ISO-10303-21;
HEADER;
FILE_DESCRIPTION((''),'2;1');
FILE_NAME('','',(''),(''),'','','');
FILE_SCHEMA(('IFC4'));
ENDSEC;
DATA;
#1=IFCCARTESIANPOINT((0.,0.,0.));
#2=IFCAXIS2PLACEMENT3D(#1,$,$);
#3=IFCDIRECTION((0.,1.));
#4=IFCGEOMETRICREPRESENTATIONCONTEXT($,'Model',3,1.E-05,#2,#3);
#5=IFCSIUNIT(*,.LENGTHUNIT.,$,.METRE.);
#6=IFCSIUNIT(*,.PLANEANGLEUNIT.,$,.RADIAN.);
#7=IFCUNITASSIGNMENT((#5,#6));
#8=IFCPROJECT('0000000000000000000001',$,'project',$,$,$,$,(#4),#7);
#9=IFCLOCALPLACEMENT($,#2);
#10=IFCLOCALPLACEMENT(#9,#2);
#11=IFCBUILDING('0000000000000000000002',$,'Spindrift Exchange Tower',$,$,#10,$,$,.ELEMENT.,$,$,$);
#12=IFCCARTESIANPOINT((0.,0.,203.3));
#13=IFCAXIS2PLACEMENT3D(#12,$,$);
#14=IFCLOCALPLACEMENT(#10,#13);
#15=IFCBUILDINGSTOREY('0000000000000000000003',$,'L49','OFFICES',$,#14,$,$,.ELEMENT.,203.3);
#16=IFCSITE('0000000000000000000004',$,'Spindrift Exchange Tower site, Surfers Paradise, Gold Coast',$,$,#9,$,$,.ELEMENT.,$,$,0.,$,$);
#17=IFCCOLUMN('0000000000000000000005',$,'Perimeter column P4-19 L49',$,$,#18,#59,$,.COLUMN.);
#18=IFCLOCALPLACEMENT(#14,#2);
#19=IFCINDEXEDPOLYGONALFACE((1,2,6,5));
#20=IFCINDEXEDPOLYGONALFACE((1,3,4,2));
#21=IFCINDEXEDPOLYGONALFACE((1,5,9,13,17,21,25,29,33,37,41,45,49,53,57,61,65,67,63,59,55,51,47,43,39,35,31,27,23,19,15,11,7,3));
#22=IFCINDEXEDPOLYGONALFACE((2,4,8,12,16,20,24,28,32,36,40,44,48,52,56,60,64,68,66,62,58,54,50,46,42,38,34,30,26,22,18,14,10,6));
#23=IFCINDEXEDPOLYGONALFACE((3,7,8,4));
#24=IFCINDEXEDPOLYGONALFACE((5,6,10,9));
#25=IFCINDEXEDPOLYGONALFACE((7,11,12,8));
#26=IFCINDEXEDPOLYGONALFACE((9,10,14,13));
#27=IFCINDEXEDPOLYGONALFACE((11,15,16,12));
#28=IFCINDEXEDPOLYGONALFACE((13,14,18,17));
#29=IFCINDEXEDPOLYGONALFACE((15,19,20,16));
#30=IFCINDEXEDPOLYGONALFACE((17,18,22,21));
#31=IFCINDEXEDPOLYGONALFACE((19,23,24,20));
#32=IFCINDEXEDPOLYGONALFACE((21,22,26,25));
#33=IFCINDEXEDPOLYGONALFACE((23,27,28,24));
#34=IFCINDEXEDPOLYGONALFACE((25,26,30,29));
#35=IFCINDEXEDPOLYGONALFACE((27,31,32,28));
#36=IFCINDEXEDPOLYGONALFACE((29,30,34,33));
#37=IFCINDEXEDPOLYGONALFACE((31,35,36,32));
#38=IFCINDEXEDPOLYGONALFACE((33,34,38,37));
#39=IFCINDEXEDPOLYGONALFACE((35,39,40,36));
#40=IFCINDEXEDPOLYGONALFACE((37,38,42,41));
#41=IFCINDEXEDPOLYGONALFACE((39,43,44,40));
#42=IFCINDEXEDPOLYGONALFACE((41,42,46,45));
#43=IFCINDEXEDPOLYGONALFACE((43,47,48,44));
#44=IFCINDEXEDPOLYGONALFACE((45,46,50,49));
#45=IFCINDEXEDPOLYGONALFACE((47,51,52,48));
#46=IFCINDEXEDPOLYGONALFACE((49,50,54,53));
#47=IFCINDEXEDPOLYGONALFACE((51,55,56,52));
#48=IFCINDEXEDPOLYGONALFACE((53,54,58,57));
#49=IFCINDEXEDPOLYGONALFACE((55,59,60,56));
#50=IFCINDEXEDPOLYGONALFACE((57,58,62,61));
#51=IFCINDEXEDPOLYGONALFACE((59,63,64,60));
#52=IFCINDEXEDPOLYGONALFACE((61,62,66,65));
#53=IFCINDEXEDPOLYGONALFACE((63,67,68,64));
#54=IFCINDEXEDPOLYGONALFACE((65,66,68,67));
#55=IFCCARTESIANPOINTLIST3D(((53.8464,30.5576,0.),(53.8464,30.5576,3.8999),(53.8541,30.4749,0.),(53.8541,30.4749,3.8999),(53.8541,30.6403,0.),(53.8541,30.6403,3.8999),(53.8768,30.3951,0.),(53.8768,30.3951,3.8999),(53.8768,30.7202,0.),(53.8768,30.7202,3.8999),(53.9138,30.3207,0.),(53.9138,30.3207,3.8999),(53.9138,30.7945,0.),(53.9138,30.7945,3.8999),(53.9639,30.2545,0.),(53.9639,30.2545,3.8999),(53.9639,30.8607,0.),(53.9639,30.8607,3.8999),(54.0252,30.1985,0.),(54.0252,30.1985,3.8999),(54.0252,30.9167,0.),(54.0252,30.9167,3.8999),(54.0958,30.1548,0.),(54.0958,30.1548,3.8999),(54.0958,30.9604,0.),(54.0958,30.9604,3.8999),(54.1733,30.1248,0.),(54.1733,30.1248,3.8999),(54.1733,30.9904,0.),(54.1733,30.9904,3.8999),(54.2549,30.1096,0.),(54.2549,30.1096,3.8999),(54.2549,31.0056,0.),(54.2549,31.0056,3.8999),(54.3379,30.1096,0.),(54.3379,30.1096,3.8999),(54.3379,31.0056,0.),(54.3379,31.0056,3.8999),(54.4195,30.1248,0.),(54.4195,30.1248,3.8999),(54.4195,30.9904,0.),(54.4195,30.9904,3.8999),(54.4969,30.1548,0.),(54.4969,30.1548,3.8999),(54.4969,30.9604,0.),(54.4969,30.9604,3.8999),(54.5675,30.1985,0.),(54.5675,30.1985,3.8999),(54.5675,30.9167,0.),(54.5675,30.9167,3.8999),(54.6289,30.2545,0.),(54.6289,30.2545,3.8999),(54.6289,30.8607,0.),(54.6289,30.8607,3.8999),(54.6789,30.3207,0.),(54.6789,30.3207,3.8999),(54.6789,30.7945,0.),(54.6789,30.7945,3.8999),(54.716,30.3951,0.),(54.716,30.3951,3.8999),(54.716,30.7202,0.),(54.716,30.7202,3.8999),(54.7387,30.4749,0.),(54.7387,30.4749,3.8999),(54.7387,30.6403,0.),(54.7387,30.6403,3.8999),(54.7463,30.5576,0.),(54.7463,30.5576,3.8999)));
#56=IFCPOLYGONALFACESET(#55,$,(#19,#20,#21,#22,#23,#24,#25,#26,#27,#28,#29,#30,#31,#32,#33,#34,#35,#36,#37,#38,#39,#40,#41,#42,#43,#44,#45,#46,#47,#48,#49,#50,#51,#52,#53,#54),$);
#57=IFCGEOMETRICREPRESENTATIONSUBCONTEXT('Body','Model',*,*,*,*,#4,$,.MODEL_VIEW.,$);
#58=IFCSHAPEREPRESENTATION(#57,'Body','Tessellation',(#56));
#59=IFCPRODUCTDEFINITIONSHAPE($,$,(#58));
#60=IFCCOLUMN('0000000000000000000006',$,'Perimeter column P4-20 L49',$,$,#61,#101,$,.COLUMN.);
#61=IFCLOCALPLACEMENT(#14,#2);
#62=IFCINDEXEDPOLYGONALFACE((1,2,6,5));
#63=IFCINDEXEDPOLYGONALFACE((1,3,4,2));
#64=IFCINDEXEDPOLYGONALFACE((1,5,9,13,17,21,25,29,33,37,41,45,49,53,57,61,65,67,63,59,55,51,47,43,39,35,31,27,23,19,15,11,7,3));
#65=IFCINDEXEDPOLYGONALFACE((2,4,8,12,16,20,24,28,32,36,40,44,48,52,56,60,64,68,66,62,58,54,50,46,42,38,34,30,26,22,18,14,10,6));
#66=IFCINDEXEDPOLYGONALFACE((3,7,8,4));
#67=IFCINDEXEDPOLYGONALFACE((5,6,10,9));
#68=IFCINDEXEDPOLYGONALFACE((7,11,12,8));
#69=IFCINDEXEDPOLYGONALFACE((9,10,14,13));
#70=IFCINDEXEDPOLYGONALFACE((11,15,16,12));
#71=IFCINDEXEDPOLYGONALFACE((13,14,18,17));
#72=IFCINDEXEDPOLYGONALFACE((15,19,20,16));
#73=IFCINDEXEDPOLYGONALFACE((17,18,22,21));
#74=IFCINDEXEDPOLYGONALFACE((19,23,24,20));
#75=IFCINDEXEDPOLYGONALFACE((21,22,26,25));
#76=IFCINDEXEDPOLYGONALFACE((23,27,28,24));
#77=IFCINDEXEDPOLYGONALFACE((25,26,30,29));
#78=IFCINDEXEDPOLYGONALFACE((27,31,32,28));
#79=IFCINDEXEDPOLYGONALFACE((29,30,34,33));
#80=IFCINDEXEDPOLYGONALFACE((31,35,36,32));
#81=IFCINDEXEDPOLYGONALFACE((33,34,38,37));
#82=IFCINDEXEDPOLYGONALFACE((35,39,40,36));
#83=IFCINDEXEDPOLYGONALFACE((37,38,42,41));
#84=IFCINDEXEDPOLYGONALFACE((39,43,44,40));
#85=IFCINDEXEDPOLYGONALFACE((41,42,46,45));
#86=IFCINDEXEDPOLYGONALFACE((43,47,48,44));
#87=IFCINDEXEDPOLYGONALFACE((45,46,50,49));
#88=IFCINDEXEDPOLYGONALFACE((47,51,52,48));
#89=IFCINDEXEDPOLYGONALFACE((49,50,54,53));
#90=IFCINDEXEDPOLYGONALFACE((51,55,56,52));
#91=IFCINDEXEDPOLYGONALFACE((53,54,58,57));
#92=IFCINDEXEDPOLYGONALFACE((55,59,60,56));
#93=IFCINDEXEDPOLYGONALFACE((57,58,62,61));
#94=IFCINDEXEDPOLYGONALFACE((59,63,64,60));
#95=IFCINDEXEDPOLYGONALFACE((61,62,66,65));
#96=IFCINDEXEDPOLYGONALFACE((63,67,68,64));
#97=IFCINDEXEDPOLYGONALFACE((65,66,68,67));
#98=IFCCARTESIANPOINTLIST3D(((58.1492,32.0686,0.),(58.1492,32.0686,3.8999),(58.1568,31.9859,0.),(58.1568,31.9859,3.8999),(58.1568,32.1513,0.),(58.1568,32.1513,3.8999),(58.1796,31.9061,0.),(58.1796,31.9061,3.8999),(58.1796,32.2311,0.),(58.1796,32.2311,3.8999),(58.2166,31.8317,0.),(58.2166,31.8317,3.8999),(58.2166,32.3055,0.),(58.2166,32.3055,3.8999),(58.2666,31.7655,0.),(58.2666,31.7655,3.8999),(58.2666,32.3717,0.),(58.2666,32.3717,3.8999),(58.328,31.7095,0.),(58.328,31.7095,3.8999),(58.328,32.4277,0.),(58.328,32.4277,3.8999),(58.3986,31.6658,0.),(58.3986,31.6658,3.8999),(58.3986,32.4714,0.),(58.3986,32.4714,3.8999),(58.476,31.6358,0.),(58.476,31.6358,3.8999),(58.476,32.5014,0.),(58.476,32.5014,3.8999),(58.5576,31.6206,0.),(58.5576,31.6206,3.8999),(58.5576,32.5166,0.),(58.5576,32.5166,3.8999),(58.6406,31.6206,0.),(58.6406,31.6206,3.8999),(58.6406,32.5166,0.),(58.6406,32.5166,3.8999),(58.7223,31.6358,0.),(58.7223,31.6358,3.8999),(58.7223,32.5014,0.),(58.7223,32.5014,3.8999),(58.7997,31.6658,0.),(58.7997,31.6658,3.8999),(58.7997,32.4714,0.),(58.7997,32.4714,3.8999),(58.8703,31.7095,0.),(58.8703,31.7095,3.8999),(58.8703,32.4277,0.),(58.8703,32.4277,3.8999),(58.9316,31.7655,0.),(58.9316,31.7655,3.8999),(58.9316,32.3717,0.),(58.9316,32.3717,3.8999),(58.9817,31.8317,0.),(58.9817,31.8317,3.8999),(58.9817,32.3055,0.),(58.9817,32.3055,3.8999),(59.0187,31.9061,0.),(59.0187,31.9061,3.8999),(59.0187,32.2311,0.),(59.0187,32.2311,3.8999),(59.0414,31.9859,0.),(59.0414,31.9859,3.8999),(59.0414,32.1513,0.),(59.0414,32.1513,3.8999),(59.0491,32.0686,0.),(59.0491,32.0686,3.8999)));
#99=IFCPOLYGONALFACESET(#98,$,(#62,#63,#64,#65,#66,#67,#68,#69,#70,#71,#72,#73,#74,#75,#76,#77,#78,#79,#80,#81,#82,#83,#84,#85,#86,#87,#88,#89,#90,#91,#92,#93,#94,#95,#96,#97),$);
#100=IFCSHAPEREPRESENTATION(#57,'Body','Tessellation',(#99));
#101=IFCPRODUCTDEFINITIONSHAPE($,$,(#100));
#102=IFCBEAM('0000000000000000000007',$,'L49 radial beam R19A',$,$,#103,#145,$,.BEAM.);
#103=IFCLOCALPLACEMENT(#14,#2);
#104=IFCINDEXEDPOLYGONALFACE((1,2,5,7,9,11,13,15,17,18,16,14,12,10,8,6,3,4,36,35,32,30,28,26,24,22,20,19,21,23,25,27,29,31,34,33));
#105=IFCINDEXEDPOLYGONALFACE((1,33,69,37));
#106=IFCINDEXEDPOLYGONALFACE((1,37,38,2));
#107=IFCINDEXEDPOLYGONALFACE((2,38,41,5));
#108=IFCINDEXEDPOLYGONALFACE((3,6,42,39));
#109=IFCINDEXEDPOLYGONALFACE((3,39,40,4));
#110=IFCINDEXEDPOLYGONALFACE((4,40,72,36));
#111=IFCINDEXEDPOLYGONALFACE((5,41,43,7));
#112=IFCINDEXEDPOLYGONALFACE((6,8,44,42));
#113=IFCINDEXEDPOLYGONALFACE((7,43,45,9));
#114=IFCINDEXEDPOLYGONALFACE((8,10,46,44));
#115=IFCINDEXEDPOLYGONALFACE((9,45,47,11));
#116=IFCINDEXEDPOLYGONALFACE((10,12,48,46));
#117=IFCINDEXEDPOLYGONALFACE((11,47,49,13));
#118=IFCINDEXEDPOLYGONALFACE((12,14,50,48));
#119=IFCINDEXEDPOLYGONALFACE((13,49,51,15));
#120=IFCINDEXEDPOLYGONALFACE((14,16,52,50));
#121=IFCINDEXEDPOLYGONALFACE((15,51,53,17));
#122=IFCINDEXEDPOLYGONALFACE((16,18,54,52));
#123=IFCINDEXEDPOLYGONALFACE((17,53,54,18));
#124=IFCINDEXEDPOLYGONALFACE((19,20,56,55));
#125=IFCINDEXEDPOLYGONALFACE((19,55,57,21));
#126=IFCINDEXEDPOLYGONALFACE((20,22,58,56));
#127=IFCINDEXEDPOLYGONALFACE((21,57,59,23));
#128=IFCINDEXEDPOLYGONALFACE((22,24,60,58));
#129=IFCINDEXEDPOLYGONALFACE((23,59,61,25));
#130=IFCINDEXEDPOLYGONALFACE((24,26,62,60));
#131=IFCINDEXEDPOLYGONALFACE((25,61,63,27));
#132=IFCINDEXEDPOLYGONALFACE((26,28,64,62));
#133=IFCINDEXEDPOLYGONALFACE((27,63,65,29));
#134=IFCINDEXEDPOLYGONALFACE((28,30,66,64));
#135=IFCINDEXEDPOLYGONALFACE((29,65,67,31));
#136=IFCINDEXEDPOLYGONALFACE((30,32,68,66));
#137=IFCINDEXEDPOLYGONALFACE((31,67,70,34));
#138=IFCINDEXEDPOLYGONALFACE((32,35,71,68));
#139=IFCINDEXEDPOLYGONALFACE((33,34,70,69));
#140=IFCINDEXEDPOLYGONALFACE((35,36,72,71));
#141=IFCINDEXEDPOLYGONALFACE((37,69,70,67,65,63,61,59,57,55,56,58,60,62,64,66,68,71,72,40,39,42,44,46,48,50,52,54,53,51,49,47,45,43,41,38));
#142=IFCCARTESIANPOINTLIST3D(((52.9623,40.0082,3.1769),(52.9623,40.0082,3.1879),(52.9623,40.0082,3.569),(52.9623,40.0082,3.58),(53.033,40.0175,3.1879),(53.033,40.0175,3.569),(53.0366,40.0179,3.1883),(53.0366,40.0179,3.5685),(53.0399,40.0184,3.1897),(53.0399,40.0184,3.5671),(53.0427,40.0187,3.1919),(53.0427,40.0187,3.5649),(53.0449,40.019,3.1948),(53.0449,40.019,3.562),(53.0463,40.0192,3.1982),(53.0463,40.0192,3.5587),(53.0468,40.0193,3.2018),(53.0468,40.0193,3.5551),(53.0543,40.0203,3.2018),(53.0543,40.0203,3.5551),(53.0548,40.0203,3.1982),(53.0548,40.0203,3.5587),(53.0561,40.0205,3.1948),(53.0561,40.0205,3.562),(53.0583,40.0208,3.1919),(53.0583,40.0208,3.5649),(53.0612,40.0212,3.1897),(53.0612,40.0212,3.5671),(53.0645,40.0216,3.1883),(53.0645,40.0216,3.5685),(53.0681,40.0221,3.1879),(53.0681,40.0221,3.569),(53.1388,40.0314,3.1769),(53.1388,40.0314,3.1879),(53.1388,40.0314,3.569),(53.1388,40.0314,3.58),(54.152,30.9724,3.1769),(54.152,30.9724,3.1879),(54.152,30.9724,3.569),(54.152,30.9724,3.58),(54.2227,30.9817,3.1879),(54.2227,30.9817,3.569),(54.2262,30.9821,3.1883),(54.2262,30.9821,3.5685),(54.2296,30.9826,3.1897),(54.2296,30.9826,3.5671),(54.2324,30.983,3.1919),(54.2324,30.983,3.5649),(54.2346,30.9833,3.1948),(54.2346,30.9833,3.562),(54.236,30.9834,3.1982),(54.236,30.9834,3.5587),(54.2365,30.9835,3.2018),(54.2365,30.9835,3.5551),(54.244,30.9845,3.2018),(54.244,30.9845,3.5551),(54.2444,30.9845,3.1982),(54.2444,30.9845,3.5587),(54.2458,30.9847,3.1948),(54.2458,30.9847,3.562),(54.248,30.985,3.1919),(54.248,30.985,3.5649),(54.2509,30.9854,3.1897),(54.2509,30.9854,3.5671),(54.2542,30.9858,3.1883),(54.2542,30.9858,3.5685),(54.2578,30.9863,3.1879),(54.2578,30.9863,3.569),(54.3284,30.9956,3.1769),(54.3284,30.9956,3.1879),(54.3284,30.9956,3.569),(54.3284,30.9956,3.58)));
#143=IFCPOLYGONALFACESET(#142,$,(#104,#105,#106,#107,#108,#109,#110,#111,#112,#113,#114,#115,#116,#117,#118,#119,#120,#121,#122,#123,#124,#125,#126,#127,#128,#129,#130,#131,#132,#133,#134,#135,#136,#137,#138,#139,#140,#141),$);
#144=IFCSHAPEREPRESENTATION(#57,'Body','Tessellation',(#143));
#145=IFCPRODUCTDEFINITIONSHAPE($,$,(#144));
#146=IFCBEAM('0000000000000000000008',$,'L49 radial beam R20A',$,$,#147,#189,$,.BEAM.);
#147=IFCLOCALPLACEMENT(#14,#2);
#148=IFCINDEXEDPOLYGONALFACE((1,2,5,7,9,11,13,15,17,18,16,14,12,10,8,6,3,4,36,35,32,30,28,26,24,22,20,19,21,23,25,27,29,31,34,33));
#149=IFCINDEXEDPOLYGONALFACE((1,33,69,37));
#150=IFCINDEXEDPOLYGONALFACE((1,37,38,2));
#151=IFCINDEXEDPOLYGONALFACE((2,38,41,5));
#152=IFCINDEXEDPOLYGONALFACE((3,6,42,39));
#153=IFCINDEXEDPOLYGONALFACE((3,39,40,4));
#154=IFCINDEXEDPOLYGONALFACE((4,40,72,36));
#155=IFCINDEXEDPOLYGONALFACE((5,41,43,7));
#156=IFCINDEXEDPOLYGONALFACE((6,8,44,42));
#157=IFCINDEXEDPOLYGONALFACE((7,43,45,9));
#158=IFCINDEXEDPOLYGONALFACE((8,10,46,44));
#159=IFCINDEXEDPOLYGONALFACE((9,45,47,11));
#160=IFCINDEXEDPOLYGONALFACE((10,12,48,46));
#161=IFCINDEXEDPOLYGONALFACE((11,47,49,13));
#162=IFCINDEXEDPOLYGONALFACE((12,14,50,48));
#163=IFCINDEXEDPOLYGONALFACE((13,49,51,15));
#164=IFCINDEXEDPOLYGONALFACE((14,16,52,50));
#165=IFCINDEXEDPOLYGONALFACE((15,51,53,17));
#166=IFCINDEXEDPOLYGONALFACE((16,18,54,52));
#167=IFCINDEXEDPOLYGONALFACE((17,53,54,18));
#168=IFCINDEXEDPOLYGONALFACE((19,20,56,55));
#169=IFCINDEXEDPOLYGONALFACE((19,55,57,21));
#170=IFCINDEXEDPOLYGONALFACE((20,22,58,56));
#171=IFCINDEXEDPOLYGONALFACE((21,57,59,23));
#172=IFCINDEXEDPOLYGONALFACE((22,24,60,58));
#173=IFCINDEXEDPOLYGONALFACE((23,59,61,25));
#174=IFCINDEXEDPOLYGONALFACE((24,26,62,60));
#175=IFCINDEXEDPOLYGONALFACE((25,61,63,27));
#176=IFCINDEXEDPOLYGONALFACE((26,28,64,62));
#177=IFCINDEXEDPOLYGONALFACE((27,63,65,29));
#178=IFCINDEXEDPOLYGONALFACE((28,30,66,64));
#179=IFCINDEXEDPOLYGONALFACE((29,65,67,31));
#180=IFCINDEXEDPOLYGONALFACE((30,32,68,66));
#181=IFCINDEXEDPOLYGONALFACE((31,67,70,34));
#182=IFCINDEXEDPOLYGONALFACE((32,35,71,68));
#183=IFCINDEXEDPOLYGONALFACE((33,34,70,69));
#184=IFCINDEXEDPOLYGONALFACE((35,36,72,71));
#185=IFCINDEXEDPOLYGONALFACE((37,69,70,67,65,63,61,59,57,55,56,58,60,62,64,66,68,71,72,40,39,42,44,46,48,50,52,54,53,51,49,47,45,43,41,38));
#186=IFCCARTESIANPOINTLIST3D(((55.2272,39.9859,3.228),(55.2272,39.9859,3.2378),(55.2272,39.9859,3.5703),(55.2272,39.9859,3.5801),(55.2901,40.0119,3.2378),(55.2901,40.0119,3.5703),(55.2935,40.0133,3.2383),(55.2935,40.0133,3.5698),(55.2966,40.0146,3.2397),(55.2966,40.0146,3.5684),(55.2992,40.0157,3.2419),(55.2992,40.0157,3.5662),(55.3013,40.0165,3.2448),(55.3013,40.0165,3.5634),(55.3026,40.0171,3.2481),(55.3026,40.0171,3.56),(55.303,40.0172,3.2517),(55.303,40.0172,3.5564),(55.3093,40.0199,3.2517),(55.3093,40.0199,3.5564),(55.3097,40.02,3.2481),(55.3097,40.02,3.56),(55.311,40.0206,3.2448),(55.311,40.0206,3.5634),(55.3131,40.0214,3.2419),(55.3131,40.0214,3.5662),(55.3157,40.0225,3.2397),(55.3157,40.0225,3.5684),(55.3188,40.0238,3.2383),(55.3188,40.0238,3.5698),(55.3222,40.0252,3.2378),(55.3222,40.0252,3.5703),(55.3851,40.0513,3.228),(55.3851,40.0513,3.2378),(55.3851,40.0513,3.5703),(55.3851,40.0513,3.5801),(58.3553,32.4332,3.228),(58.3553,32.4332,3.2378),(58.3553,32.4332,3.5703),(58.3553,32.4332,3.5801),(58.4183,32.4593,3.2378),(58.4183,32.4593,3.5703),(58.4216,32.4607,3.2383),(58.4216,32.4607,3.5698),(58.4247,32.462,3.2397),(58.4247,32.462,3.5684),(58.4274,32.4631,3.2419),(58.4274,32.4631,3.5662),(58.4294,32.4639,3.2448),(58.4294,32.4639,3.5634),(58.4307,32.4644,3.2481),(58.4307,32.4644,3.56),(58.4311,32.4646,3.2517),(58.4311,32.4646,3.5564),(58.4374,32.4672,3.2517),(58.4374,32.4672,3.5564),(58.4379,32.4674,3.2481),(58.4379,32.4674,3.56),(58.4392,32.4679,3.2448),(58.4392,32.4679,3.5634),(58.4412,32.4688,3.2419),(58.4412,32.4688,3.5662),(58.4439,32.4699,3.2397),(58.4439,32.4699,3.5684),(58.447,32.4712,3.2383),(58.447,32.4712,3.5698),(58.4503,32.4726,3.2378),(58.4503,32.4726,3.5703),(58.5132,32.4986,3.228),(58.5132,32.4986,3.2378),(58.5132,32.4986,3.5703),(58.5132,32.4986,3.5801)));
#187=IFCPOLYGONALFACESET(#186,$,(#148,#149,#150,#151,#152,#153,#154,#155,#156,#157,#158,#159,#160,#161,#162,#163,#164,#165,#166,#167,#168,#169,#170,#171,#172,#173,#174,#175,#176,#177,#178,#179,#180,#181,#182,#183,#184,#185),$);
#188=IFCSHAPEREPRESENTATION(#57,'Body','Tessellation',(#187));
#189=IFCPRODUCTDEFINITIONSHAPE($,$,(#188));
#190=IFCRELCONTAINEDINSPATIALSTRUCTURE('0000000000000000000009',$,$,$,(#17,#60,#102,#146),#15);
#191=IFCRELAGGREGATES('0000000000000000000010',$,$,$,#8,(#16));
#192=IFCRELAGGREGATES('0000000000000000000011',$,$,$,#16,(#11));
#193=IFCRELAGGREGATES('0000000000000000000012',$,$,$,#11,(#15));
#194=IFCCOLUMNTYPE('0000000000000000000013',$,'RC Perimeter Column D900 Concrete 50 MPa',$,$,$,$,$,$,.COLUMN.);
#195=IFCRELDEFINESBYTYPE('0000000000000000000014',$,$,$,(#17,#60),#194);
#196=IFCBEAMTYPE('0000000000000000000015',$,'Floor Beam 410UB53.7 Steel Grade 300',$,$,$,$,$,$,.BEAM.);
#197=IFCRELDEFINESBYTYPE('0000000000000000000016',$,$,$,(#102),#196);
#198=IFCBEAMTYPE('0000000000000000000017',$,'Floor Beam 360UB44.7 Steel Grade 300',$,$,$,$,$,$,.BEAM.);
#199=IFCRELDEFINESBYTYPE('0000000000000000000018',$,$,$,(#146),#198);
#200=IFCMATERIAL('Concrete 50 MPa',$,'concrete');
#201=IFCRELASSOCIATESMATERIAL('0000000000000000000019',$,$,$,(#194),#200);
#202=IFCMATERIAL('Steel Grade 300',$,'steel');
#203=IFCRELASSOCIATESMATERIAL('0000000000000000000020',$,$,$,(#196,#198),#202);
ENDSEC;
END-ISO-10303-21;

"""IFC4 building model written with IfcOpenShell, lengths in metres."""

from ifc_helpers import new_model, si_unit, direction, frame, origin, origin_2d, place, context, subcontext, project, spatial, circle, i_section, extrude, source, transform, mapped, material, material_profile, profile_set, type_object, element, save


model = new_model("IFC4")

# Units and contexts
model_context = context("Model", 3, precision=1e-05, world=origin(), true_north=direction((0.0, 1.0)))
body_context = subcontext(model_context, "Body", "Model", "MODEL_VIEW")
ifc_project = project(units=[si_unit("LENGTHUNIT", "METRE"), si_unit("PLANEANGLEUNIT", "RADIAN")], contexts=[model_context])

# Site, building, storey
site_placement = place(None, origin())
site = spatial("IfcSite", under=ifc_project, at=site_placement, Name="Spindrift Exchange Tower site, Surfers Paradise, Gold Coast", CompositionType="ELEMENT", RefElevation=0.0)
building_placement = place(site_placement, origin())
building = spatial("IfcBuilding", under=site, at=building_placement, Name="Spindrift Exchange Tower", CompositionType="ELEMENT")
storey_placement = place(building_placement, frame((0.0, 0.0, 203.3)))
storey = spatial("IfcBuildingStorey", under=building, at=storey_placement, Name="L49", Description="OFFICES", CompositionType="ELEMENT", Elevation=203.3)

# Columns
ifc_material_1 = material(Name="Concrete 50 MPa", Category="concrete")
ifc_material_profile_1 = material_profile(ifc_material_1, circle(Radius=0.45, at=origin_2d()), Name="RC D900")
ifc_profile_set_1 = profile_set([ifc_material_profile_1], Name="Concrete 50 MPa")
column_type = type_object("IfcColumnType", Name="RC Perimeter Column D900 Concrete 50 MPa", PredefinedType="COLUMN", material=ifc_profile_set_1)
shared_shape_1 = source(origin(), body_context, "Body", "SweptSolid", [
    extrude(circle(Radius=0.45, at=origin_2d()), origin(), (0.0, 0.0, 1.0), 3.8999),
])
for number, where, z_axis, x_axis, name in (
    (1, (54.2964, 30.5576, 0.0), (0.0, 0.0, 1.0), (1.0, 0.0, 0.0), "Perimeter column P4-19 L49"),
    (2, (58.5991, 32.0686, 0.0), (0.0, 0.0, 1.0), (1.0, 0.0, 0.0), "Perimeter column P4-20 L49"),
):
    element("IfcColumn", number, at=place(storey_placement, frame(where, z_axis=z_axis, x_axis=x_axis)), inside=storey, type_object=column_type, Name=name, PredefinedType="COLUMN", context=body_context, shape_type="MappedRepresentation", body=[
        mapped(shared_shape_1, transform((0.0, 0.0, 0.0), scale=1.0)),
    ])

# Beams
ifc_material_2 = material(Name="Steel Grade 300", Category="steel")
ifc_material_profile_2 = material_profile(ifc_material_2, i_section(OverallWidth=0.178, OverallDepth=0.4031, WebThickness=0.0076, FlangeThickness=0.011, FilletRadius=0.0139, at=origin_2d()), Name="410UB53.7")
ifc_profile_set_2 = profile_set([ifc_material_profile_2], Name="Steel Grade 300")
beam_type_1 = type_object("IfcBeamType", Name="Floor Beam 410UB53.7 Steel Grade 300", PredefinedType="BEAM", material=ifc_profile_set_2)
shared_shape_2 = source(origin(), body_context, "Body", "SweptSolid", [
    extrude(i_section(OverallWidth=0.178, OverallDepth=0.4031, WebThickness=0.0076, FlangeThickness=0.011, FilletRadius=0.0139, at=origin_2d()), origin(), (0.0, 0.0, 1.0), 9.1138),
])
beam_1_placement = place(storey_placement, frame((53.0505, 40.0198, 3.3784), z_axis=(0.130537, -0.991443, 0.0), x_axis=(0.991443, 0.130537, 0.0)))
element("IfcBeam", 3, at=beam_1_placement, inside=storey, type_object=beam_type_1, Name="L49 radial beam R19A", PredefinedType="BEAM", context=body_context, shape_type="MappedRepresentation", body=[
    mapped(shared_shape_2, transform((0.0, 0.0, 0.0), scale=1.0)),
])
ifc_material_profile_3 = material_profile(ifc_material_2, i_section(OverallWidth=0.1709, OverallDepth=0.3521, WebThickness=0.0068, FlangeThickness=0.0098, FilletRadius=0.0139, at=origin_2d()), Name="360UB44.7")
ifc_profile_set_3 = profile_set([ifc_material_profile_3], Name="Steel Grade 300")
beam_type_2 = type_object("IfcBeamType", Name="Floor Beam 360UB44.7 Steel Grade 300", PredefinedType="BEAM", material=ifc_profile_set_3)
shared_shape_3 = source(origin(), body_context, "Body", "SweptSolid", [
    extrude(i_section(OverallWidth=0.1709, OverallDepth=0.3521, WebThickness=0.0068, FlangeThickness=0.0098, FilletRadius=0.0139, at=origin_2d()), origin(), (0.0, 0.0, 1.0), 8.1748),
])
beam_2_placement = place(storey_placement, frame((55.3062, 40.0186, 3.4041), z_axis=(0.382655, -0.923891, 0.0), x_axis=(0.923891, 0.382655, 0.0)))
element("IfcBeam", 4, at=beam_2_placement, inside=storey, type_object=beam_type_2, Name="L49 radial beam R20A", PredefinedType="BEAM", context=body_context, shape_type="MappedRepresentation", body=[
    mapped(shared_shape_3, transform((0.0, 0.0, 0.0), scale=1.0)),
])

save(model, "model.ifc")
